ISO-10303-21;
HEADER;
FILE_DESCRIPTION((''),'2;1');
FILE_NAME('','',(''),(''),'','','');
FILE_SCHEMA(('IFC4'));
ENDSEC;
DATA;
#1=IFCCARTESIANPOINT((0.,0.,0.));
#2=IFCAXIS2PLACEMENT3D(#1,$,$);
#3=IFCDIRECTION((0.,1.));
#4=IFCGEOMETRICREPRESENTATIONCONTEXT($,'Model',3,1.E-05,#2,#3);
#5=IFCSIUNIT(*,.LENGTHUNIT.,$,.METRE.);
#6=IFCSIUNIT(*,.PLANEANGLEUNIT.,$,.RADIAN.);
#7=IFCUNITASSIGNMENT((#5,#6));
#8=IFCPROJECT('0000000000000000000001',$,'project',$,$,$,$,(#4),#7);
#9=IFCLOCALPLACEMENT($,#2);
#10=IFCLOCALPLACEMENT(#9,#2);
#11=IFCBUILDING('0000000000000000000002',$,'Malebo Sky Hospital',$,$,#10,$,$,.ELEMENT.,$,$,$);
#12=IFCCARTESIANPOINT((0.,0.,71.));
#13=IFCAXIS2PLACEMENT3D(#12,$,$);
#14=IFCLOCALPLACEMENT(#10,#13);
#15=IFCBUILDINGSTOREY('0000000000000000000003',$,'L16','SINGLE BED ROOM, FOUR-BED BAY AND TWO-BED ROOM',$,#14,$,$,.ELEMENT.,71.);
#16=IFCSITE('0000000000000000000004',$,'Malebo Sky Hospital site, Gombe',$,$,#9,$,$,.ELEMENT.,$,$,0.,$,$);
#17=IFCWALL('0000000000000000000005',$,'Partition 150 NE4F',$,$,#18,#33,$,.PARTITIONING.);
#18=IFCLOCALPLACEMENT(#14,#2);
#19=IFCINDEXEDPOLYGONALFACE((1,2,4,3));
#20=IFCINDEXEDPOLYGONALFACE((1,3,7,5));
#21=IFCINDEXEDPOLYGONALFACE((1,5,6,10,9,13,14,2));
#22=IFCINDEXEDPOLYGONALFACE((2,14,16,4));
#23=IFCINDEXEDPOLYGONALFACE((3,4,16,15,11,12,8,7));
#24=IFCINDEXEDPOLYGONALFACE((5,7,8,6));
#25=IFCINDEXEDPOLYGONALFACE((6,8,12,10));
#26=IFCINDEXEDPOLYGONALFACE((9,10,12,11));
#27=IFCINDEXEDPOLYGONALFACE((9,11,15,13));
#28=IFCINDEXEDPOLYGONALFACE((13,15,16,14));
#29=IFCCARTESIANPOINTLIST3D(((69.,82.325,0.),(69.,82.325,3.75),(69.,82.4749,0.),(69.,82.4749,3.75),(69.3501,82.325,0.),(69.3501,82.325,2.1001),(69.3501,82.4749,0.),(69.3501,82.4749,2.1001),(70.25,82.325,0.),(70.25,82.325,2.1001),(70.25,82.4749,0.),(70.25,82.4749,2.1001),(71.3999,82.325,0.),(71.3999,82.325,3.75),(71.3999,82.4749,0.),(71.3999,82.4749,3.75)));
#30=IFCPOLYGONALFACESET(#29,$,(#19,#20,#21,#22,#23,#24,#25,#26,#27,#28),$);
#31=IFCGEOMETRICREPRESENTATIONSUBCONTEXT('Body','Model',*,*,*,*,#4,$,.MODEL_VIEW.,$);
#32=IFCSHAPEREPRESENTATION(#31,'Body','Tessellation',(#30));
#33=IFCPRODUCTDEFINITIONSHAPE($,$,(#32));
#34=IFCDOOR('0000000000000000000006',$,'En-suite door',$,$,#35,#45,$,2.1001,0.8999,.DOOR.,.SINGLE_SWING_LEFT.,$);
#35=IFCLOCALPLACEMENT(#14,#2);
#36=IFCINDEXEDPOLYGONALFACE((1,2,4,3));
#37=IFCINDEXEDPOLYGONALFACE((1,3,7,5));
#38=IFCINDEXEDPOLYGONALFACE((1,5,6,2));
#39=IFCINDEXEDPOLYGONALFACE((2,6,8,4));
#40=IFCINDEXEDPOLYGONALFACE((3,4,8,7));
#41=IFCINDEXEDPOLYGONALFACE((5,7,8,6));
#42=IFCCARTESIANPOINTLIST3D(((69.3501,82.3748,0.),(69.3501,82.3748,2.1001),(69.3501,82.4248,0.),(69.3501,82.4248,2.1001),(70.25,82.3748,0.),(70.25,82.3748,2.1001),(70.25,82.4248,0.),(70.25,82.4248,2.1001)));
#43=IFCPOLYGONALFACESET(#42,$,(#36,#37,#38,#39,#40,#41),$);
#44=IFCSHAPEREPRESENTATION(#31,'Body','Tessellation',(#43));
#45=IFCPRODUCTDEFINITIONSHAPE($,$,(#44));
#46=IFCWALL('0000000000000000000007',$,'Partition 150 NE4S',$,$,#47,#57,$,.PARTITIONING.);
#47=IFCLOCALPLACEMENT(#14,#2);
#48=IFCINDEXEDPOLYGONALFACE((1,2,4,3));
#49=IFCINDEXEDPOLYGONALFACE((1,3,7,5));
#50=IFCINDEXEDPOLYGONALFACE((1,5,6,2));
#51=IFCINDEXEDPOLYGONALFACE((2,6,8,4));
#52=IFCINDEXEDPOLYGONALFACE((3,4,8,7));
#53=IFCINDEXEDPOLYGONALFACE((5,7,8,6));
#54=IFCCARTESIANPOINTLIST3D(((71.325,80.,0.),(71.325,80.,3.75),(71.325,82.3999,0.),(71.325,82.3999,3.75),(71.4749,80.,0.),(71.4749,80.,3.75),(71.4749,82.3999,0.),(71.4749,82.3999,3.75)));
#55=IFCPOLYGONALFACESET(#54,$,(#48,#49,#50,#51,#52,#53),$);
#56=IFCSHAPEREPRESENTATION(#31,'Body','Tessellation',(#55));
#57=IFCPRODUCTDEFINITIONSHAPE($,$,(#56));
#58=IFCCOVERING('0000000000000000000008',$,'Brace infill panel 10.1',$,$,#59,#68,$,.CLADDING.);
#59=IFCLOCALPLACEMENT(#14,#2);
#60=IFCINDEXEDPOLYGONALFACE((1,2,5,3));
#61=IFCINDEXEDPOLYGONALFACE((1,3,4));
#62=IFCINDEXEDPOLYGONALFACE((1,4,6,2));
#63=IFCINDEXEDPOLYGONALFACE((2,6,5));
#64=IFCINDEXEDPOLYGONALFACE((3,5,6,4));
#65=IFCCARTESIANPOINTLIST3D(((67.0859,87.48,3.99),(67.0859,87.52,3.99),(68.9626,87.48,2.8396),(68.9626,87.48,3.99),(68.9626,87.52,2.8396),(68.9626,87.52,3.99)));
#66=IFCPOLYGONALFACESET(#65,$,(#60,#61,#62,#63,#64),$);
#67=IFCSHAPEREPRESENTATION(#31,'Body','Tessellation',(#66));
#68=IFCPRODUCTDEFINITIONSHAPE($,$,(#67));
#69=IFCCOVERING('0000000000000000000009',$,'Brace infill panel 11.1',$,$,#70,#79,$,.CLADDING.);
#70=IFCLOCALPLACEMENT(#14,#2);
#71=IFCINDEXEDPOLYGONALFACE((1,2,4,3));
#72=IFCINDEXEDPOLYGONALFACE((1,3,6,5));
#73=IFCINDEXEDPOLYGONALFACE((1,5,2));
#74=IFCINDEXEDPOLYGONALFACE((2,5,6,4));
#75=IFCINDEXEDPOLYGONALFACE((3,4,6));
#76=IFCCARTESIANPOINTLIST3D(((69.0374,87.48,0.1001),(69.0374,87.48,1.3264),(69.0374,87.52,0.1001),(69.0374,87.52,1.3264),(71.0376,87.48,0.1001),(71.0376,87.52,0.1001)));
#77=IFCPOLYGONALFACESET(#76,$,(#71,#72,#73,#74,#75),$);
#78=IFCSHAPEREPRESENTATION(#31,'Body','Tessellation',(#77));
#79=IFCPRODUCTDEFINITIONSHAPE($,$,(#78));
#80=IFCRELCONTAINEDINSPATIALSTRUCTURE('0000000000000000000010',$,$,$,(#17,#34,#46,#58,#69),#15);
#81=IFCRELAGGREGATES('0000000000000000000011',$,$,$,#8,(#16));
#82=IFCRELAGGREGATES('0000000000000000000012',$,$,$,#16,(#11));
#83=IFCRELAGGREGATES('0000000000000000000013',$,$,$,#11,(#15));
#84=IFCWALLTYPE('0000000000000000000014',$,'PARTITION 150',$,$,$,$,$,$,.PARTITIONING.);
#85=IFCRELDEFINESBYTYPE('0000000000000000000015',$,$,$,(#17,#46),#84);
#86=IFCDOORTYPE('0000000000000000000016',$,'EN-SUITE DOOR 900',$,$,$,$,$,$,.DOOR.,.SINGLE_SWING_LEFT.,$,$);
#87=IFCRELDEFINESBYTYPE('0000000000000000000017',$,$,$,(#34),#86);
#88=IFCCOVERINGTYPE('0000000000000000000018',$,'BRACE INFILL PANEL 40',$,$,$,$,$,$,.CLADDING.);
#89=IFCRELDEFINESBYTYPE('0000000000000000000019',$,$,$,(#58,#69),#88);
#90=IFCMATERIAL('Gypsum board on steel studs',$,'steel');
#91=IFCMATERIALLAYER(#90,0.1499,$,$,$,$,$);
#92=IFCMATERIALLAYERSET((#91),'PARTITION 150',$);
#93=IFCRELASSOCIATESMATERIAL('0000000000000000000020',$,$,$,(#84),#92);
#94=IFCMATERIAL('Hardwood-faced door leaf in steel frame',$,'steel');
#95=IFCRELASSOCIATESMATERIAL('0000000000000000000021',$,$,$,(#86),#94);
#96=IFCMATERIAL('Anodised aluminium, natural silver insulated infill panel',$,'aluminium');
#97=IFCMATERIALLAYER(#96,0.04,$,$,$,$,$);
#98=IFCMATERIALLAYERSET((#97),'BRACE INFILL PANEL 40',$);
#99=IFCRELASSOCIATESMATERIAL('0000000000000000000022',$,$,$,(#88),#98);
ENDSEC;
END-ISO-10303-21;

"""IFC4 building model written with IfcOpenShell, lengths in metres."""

from ifc_helpers import new_model, si_unit, direction, frame, frame_2d, origin, place, context, subcontext, project, spatial, polyline, rectangle, outline, extrude, material, layer, layer_set, type_object, element, fill, save


model = new_model("IFC4")

# Units and contexts
model_context = context("Model", 3, precision=1e-05, world=origin(), true_north=direction((0.0, 1.0)))
body_context = subcontext(model_context, "Body", "Model", "MODEL_VIEW")
ifc_project = project(units=[si_unit("LENGTHUNIT", "METRE"), si_unit("PLANEANGLEUNIT", "RADIAN")], contexts=[model_context])

# Site, building, storey
site_placement = place(None, origin())
site = spatial("IfcSite", under=ifc_project, at=site_placement, Name="Malebo Sky Hospital site, Gombe", CompositionType="ELEMENT", RefElevation=0.0)
building_placement = place(site_placement, origin())
building = spatial("IfcBuilding", under=site, at=building_placement, Name="Malebo Sky Hospital", CompositionType="ELEMENT")
storey_placement = place(building_placement, frame((0.0, 0.0, 71.0)))
storey = spatial("IfcBuildingStorey", under=building, at=storey_placement, Name="L16", Description="SINGLE BED ROOM, FOUR-BED BAY AND TWO-BED ROOM", CompositionType="ELEMENT", Elevation=71.0)

# Shared definitions
ifc_material_1 = material(Name="Gypsum board on steel studs", Category="steel")
ifc_material_2 = material(Name="Hardwood-faced door leaf in steel frame", Category="steel")

# Shared definitions
ifc_layer_1 = layer(ifc_material_1, 0.1499)
ifc_layer_set_1 = layer_set([ifc_layer_1], Name="PARTITION 150")
wall_type_1 = type_object("IfcWallType", Name="PARTITION 150", PredefinedType="PARTITIONING", material=ifc_layer_set_1)

# Shared definitions
door_type_1 = type_object("IfcDoorType", Name="EN-SUITE DOOR 900", OperationType="SINGLE_SWING_LEFT", PredefinedType="DOOR", material=ifc_material_2)

# Wall, opening, door
wall_1_placement = place(storey_placement, frame((69.0, 82.3999, 0.0), z_axis=(0.0, 0.0, 1.0), x_axis=(1.0, 0.0, 0.0)))
wall_1 = element("IfcWall", 1, at=wall_1_placement, inside=storey, type_object=wall_type_1, Name="Partition 150 NE4F", PredefinedType="PARTITIONING", context=body_context, shape_type="SweptSolid", body=[
    extrude(rectangle(XDim=2.3999, YDim=0.1499, at=frame_2d((1.2, 0.0))), origin(), (0.0, 0.0, 1.0), 3.75),
])
opening_1_placement = place(wall_1_placement, frame((0.3501, 0.0, 0.0)))
opening_1 = element("IfcOpeningElement", 2, at=opening_1_placement, cuts=wall_1, PredefinedType="OPENING", context=body_context, shape_type="SweptSolid", body=[
    extrude(rectangle(XDim=0.8999, YDim=2.1001, at=frame_2d((0.45, 1.05))), frame((0.0, 0.085, 0.0), z_axis=(0.0, -1.0, 0.0), x_axis=(1.0, 0.0, 0.0)), (0.0, 0.0, 1.0), 0.1699),
])
door_1_placement = place(opening_1_placement, origin())
door_1 = element("IfcDoor", 3, at=door_1_placement, inside=storey, type_object=door_type_1, Name="En-suite door", OperationType="SINGLE_SWING_LEFT", OverallHeight=2.1001, OverallWidth=0.8999, PredefinedType="DOOR", context=body_context, shape_type="SweptSolid", body=[
    extrude(rectangle(XDim=0.8999, YDim=2.1001, at=frame_2d((0.45, 1.05))), frame((0.0, 0.0249, 0.0), z_axis=(0.0, -1.0, 0.0), x_axis=(1.0, 0.0, 0.0)), (0.0, 0.0, 1.0), 0.05),
])
fill(opening_1, door_1)

# Wall
wall_2_placement = place(storey_placement, frame((71.3999, 80.0, 0.0), z_axis=(0.0, 0.0, 1.0), x_axis=(0.0, 1.0, 0.0)))
element("IfcWall", 4, at=wall_2_placement, inside=storey, type_object=wall_type_1, Name="Partition 150 NE4S", PredefinedType="PARTITIONING", context=body_context, shape_type="SweptSolid", body=[
    extrude(rectangle(XDim=2.3999, YDim=0.1499, at=frame_2d((1.2, 0.0))), origin(), (0.0, 0.0, 1.0), 3.75),
])

# Coverings
ifc_material_3 = material(Name="Anodised aluminium, natural silver insulated infill panel", Category="aluminium")
ifc_layer_2 = layer(ifc_material_3, 0.04)
ifc_layer_set_2 = layer_set([ifc_layer_2], Name="BRACE INFILL PANEL 40")
covering_type = type_object("IfcCoveringType", Name="BRACE INFILL PANEL 40", PredefinedType="CLADDING", material=ifc_layer_set_2)
covering_1_placement = place(storey_placement, frame((68.0242, 87.5, 2.8396), z_axis=(0.0, 0.0, 1.0), x_axis=(1.0, 0.0, 0.0)))
element("IfcCovering", 5, at=covering_1_placement, inside=storey, type_object=covering_type, Name="Brace infill panel 10.1", PredefinedType="CLADDING", context=body_context, shape_type="SweptSolid", body=[
    extrude(outline(polyline([(0.9385, 0.0), (0.9385, 1.1504), (-0.9382, 1.1504), (0.9385, 0.0)])), frame((0.0, 0.02, 0.0), z_axis=(0.0, -1.0, 0.0), x_axis=(1.0, 0.0, 0.0)), (0.0, 0.0, 1.0), 0.04),
])
covering_2_placement = place(storey_placement, frame((70.0376, 87.5, 0.1001), z_axis=(0.0, 0.0, 1.0), x_axis=(1.0, 0.0, 0.0)))
element("IfcCovering", 6, at=covering_2_placement, inside=storey, type_object=covering_type, Name="Brace infill panel 11.1", PredefinedType="CLADDING", context=body_context, shape_type="SweptSolid", body=[
    extrude(outline(polyline([(-1.0002, 0.0), (1.0, 0.0), (-1.0002, 1.2263), (-1.0002, 0.0)])), frame((0.0, 0.02, 0.0), z_axis=(0.0, -1.0, 0.0), x_axis=(1.0, 0.0, 0.0)), (0.0, 0.0, 1.0), 0.04),
])

save(model, "model.ifc")
